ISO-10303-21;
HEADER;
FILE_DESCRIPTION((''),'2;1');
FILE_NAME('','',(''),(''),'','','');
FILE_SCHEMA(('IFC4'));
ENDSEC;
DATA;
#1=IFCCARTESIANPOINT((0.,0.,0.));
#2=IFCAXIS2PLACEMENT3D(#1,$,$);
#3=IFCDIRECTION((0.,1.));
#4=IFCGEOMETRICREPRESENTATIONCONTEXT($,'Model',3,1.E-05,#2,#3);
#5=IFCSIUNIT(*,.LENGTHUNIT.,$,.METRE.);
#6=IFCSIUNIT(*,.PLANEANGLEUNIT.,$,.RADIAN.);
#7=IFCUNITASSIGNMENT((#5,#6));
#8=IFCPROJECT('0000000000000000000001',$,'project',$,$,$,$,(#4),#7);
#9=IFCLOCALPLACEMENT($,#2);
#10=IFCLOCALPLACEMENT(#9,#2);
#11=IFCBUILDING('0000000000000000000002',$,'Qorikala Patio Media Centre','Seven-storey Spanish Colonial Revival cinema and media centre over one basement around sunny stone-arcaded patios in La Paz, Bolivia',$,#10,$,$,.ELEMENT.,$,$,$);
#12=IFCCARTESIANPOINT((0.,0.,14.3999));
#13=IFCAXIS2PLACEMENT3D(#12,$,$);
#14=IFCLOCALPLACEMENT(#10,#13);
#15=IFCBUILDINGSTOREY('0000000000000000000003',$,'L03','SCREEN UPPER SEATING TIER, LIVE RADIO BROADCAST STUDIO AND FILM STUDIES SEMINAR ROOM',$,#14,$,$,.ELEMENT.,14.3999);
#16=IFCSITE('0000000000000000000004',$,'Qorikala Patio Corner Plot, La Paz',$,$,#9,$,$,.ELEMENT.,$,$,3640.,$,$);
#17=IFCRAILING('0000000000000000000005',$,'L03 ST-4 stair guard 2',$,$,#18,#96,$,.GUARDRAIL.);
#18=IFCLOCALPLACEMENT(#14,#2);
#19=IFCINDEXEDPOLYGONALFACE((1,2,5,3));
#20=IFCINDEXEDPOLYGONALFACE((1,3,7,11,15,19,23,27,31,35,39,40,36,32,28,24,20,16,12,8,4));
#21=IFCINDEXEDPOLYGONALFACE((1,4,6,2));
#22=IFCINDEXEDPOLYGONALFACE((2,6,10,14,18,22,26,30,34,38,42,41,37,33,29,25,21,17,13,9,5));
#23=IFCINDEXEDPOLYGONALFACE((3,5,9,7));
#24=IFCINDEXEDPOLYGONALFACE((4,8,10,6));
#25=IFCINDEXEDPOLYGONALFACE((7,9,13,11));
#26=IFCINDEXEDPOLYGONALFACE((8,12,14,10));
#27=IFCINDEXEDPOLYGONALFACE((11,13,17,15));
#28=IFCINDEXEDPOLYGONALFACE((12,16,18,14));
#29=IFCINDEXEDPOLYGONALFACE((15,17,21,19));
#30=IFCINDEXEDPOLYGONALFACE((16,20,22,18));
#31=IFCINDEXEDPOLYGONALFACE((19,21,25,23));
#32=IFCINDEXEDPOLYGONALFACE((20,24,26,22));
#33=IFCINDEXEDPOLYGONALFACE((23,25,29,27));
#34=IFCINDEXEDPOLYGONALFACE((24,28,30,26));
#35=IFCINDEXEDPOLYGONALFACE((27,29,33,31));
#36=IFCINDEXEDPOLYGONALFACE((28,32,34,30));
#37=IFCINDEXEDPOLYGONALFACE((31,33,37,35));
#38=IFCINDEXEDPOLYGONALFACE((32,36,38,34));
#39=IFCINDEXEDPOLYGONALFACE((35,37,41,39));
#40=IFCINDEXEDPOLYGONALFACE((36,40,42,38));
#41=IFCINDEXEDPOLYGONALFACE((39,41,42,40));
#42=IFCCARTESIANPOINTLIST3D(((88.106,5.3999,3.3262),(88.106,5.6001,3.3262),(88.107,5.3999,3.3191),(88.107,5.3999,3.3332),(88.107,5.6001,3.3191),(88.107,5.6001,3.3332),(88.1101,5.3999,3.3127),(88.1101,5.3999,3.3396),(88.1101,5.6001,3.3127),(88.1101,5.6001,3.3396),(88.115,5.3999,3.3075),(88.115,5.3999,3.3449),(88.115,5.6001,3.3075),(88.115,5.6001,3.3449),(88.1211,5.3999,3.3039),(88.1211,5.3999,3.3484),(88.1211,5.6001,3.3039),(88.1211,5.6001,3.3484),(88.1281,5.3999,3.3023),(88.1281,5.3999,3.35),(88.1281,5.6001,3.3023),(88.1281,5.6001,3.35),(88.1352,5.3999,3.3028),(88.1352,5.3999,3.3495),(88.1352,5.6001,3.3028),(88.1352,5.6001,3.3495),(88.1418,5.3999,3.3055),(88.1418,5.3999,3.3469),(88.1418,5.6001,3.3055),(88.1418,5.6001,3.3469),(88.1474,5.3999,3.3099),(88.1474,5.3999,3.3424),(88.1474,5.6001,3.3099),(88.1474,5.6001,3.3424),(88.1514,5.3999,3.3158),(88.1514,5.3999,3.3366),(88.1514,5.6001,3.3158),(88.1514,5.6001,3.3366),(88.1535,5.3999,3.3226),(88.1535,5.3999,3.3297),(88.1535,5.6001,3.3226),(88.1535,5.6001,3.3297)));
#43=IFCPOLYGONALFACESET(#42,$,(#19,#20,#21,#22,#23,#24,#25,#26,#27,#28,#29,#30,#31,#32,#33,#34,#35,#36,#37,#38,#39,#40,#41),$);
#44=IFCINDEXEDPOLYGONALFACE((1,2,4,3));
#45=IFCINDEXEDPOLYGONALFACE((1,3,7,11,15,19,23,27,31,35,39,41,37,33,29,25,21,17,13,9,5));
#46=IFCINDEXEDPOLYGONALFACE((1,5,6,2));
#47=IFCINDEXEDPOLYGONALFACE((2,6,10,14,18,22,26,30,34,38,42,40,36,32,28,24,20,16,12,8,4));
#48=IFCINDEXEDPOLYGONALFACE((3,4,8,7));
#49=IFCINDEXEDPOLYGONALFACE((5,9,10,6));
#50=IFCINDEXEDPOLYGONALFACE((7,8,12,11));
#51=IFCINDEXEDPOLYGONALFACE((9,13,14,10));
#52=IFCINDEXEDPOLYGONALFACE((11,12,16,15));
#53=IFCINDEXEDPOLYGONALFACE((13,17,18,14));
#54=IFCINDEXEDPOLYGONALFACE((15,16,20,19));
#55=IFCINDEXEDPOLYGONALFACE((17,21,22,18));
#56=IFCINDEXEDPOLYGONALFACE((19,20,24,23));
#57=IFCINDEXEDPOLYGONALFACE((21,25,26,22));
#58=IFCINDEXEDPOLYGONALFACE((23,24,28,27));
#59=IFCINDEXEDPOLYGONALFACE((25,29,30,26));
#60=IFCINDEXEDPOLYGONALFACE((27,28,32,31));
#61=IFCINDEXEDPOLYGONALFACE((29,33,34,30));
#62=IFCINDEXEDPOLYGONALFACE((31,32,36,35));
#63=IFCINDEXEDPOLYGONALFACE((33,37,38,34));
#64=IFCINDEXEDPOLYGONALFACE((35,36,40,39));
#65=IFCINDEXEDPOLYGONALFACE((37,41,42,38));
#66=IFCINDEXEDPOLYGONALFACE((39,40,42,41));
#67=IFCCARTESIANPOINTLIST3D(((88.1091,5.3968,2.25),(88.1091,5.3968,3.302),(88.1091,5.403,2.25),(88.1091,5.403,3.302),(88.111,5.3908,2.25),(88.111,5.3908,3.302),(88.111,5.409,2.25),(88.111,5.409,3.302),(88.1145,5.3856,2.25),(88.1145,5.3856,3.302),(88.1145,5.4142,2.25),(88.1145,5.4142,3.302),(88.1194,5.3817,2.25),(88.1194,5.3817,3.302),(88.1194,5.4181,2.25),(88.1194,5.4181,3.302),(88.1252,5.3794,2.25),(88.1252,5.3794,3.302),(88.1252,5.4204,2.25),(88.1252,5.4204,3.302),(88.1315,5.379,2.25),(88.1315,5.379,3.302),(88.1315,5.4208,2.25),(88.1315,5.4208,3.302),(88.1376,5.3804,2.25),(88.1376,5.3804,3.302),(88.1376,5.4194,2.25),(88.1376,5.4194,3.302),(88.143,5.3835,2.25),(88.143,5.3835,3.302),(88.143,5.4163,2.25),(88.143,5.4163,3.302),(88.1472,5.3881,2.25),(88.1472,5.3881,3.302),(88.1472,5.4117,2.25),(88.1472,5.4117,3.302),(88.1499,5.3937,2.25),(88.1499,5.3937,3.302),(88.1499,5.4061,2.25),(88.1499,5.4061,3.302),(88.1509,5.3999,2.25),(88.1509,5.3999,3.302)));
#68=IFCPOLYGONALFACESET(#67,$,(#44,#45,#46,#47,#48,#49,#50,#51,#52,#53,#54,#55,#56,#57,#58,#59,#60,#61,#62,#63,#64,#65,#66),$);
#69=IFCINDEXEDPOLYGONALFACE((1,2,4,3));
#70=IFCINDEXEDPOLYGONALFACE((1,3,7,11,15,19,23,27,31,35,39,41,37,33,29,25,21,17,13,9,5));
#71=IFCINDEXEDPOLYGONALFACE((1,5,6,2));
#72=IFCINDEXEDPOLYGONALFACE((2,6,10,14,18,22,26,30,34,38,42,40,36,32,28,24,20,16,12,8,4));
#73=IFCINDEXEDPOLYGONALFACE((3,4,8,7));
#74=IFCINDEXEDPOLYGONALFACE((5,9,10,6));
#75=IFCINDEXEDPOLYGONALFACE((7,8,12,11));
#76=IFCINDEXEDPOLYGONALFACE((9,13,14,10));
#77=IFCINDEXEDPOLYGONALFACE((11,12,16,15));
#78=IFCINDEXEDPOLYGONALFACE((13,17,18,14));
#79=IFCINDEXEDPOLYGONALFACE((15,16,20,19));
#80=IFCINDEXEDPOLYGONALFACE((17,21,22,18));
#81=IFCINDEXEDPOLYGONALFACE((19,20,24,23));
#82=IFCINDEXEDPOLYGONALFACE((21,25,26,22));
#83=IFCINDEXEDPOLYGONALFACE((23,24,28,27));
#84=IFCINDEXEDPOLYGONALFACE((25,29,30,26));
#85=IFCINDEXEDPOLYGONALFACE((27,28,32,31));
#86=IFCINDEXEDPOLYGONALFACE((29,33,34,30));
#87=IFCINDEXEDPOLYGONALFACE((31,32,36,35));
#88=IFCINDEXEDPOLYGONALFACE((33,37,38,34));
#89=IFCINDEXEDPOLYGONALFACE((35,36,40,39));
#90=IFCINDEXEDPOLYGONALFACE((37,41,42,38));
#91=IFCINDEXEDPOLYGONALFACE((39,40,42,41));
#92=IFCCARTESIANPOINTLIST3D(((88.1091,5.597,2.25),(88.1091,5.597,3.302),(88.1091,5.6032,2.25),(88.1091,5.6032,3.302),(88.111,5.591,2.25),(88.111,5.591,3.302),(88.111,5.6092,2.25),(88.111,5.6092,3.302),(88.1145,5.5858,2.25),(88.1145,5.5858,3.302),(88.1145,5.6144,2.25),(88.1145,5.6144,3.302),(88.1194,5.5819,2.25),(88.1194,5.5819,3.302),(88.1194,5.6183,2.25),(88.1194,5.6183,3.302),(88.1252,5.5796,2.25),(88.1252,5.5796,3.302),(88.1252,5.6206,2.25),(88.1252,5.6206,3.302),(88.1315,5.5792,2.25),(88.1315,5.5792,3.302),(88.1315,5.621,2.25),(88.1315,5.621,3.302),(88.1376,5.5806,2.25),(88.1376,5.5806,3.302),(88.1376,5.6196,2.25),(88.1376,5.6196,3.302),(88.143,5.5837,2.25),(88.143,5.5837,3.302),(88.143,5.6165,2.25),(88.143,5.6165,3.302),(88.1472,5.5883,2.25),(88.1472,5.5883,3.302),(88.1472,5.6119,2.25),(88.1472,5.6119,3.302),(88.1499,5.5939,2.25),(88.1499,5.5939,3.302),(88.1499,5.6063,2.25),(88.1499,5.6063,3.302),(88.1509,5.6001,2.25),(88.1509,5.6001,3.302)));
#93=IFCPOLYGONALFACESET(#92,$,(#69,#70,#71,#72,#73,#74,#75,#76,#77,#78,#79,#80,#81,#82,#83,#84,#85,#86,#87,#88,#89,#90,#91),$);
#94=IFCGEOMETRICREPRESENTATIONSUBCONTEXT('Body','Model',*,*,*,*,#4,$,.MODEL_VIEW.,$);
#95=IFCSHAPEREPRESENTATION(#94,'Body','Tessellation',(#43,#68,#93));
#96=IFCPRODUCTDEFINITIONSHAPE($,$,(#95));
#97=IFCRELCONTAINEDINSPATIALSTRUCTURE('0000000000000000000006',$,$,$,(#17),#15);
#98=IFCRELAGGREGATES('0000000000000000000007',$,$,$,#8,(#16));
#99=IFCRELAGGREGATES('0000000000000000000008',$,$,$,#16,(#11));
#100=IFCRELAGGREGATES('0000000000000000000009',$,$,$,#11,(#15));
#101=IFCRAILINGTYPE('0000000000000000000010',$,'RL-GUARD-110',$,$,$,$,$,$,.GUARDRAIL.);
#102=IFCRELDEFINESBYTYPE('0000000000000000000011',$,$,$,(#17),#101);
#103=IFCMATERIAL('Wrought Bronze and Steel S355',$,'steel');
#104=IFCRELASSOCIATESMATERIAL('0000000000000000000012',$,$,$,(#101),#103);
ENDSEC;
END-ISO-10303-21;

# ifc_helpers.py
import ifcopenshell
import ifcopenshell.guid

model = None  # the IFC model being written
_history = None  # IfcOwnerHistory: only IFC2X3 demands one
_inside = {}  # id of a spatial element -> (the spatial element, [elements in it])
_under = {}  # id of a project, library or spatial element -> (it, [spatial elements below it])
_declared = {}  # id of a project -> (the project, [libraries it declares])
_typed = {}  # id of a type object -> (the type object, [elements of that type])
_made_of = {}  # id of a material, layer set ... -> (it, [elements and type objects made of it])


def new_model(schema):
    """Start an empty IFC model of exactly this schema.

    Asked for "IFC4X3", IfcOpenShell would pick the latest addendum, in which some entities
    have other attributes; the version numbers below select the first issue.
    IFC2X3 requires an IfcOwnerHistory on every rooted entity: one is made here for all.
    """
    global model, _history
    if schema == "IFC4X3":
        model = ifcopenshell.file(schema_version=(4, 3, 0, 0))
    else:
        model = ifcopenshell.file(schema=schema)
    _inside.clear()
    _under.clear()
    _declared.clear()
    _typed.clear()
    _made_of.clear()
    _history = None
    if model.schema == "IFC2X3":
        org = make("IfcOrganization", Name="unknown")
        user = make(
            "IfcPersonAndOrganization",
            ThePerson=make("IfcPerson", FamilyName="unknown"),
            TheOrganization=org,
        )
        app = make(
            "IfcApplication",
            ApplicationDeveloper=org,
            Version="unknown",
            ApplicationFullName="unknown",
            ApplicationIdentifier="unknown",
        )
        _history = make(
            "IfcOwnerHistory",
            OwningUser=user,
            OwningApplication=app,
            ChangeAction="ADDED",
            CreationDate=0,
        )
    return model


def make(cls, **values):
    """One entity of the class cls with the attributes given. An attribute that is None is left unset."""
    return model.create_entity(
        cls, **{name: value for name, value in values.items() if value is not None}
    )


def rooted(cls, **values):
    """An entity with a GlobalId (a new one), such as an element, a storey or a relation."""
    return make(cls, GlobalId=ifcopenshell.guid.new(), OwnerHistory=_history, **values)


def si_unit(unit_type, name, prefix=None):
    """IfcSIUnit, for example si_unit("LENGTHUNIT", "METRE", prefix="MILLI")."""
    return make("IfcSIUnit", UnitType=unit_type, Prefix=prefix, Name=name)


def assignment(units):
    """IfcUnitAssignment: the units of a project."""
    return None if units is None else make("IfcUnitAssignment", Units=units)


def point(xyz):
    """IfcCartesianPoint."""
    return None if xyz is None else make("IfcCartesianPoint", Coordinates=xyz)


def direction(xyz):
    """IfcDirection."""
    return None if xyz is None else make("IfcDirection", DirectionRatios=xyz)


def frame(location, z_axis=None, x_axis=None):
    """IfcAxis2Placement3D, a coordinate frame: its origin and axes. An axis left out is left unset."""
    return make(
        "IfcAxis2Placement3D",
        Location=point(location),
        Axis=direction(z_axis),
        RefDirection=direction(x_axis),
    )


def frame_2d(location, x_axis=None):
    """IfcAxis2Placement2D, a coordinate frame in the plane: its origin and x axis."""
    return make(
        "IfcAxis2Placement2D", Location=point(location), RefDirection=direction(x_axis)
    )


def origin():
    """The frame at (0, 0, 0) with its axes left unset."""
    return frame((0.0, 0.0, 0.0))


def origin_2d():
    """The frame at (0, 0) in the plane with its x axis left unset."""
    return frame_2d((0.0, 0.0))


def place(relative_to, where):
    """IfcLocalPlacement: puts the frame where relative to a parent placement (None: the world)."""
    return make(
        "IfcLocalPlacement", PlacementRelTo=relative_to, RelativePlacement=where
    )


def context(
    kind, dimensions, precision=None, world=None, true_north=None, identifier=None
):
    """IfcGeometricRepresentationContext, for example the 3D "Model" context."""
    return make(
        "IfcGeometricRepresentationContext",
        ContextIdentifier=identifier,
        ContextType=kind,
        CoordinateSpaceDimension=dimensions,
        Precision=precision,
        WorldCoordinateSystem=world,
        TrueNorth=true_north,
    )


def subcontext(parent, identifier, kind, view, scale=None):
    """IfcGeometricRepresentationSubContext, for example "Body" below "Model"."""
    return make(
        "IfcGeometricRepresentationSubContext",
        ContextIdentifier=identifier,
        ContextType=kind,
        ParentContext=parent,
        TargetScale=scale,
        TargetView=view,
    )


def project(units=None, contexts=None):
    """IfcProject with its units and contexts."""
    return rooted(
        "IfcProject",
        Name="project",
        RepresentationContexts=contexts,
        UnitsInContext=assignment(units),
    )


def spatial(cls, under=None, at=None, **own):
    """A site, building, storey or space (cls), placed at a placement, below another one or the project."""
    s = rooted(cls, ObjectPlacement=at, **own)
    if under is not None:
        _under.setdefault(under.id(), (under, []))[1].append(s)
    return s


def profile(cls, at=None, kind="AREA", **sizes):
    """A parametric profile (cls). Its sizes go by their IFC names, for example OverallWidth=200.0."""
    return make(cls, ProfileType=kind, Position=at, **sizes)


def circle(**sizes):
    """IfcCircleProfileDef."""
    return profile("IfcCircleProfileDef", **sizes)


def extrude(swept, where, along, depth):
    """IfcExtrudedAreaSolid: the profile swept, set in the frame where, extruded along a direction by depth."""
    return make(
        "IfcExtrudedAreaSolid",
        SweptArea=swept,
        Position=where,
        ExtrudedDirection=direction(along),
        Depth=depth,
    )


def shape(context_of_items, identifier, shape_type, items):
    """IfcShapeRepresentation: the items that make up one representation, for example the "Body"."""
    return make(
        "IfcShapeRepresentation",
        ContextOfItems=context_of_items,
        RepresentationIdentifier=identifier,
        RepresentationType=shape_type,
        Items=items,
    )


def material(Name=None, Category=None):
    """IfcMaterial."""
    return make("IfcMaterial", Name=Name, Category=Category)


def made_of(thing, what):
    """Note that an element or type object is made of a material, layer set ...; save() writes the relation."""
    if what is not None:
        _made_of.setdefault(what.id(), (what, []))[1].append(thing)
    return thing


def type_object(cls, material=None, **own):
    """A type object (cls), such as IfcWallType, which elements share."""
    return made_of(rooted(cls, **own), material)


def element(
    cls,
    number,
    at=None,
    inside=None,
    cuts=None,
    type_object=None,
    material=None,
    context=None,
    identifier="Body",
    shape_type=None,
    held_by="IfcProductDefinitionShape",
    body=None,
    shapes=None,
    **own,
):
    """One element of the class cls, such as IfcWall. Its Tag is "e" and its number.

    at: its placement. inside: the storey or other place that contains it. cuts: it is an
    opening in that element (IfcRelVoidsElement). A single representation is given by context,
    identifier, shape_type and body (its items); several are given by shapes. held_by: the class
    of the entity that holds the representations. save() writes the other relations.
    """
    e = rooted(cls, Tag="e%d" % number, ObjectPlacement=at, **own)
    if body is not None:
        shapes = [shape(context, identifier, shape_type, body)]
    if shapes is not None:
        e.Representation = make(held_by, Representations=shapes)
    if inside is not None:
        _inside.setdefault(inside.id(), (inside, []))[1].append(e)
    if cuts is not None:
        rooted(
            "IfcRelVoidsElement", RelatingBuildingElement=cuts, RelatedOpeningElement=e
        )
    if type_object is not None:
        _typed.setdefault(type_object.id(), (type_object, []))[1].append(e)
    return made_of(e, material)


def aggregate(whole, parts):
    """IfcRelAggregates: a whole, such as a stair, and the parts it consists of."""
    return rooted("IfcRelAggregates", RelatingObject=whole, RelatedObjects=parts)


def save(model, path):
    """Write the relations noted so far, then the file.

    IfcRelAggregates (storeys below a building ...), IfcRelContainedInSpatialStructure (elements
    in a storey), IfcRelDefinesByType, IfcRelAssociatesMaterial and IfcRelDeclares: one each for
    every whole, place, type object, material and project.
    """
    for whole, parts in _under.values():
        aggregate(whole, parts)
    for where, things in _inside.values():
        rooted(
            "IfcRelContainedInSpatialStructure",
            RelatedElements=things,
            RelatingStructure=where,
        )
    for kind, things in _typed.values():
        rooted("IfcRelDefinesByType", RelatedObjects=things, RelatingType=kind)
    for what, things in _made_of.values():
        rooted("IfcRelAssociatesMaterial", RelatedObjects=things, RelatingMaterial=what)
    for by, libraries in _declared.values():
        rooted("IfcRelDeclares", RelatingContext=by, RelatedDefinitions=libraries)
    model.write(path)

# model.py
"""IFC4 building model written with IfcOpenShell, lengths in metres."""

from ifc_helpers import new_model, si_unit, direction, frame, origin, origin_2d, place, context, subcontext, project, spatial, circle, extrude, material, type_object, element, save


model = new_model("IFC4")

# Units and contexts
model_context = context("Model", 3, precision=1e-05, world=origin(), true_north=direction((0.0, 1.0)))
body_context = subcontext(model_context, "Body", "Model", "MODEL_VIEW")
ifc_project = project(units=[si_unit("LENGTHUNIT", "METRE"), si_unit("PLANEANGLEUNIT", "RADIAN")], contexts=[model_context])

# Site, building, storey
site_placement = place(None, origin())
site = spatial("IfcSite", under=ifc_project, at=site_placement, Name="Qorikala Patio Corner Plot, La Paz", CompositionType="ELEMENT", RefElevation=3640.0)
building_placement = place(site_placement, origin())
building = spatial("IfcBuilding", under=site, at=building_placement, Name="Qorikala Patio Media Centre", Description="Seven-storey Spanish Colonial Revival cinema and media centre over one basement around sunny stone-arcaded patios in La Paz, Bolivia", CompositionType="ELEMENT")
storey_placement = place(building_placement, frame((0.0, 0.0, 14.3999)))
storey = spatial("IfcBuildingStorey", under=building, at=storey_placement, Name="L03", Description="SCREEN UPPER SEATING TIER, LIVE RADIO BROADCAST STUDIO AND FILM STUDIES SEMINAR ROOM", CompositionType="ELEMENT", Elevation=14.3999)

# Railing
ifc_material_1 = material(Name="Wrought Bronze and Steel S355", Category="steel")
railing_type_1 = type_object("IfcRailingType", Name="RL-GUARD-110", PredefinedType="GUARDRAIL", material=ifc_material_1)
railing_1_placement = place(storey_placement, frame((88.1299, 5.3999, 2.25)))
element("IfcRailing", 1, at=railing_1_placement, inside=storey, type_object=railing_type_1, Name="L03 ST-4 stair guard 2", PredefinedType="GUARDRAIL", context=body_context, shape_type="SweptSolid", body=[
    extrude(circle(Radius=0.0239, at=origin_2d()), frame((0.0, 0.0, 1.0762), z_axis=(0.0, 1.0, 0.0), x_axis=(-1.0, 0.0, 0.0)), (0.0, 0.0, 1.0), 0.2002),
    extrude(circle(Radius=0.021, at=origin_2d()), origin(), (0.0, 0.0, 1.0), 1.052),
    extrude(circle(Radius=0.021, at=origin_2d()), frame((0.0, 0.2002, 0.0)), (0.0, 0.0, 1.0), 1.052),
])

save(model, "model.ifc")
